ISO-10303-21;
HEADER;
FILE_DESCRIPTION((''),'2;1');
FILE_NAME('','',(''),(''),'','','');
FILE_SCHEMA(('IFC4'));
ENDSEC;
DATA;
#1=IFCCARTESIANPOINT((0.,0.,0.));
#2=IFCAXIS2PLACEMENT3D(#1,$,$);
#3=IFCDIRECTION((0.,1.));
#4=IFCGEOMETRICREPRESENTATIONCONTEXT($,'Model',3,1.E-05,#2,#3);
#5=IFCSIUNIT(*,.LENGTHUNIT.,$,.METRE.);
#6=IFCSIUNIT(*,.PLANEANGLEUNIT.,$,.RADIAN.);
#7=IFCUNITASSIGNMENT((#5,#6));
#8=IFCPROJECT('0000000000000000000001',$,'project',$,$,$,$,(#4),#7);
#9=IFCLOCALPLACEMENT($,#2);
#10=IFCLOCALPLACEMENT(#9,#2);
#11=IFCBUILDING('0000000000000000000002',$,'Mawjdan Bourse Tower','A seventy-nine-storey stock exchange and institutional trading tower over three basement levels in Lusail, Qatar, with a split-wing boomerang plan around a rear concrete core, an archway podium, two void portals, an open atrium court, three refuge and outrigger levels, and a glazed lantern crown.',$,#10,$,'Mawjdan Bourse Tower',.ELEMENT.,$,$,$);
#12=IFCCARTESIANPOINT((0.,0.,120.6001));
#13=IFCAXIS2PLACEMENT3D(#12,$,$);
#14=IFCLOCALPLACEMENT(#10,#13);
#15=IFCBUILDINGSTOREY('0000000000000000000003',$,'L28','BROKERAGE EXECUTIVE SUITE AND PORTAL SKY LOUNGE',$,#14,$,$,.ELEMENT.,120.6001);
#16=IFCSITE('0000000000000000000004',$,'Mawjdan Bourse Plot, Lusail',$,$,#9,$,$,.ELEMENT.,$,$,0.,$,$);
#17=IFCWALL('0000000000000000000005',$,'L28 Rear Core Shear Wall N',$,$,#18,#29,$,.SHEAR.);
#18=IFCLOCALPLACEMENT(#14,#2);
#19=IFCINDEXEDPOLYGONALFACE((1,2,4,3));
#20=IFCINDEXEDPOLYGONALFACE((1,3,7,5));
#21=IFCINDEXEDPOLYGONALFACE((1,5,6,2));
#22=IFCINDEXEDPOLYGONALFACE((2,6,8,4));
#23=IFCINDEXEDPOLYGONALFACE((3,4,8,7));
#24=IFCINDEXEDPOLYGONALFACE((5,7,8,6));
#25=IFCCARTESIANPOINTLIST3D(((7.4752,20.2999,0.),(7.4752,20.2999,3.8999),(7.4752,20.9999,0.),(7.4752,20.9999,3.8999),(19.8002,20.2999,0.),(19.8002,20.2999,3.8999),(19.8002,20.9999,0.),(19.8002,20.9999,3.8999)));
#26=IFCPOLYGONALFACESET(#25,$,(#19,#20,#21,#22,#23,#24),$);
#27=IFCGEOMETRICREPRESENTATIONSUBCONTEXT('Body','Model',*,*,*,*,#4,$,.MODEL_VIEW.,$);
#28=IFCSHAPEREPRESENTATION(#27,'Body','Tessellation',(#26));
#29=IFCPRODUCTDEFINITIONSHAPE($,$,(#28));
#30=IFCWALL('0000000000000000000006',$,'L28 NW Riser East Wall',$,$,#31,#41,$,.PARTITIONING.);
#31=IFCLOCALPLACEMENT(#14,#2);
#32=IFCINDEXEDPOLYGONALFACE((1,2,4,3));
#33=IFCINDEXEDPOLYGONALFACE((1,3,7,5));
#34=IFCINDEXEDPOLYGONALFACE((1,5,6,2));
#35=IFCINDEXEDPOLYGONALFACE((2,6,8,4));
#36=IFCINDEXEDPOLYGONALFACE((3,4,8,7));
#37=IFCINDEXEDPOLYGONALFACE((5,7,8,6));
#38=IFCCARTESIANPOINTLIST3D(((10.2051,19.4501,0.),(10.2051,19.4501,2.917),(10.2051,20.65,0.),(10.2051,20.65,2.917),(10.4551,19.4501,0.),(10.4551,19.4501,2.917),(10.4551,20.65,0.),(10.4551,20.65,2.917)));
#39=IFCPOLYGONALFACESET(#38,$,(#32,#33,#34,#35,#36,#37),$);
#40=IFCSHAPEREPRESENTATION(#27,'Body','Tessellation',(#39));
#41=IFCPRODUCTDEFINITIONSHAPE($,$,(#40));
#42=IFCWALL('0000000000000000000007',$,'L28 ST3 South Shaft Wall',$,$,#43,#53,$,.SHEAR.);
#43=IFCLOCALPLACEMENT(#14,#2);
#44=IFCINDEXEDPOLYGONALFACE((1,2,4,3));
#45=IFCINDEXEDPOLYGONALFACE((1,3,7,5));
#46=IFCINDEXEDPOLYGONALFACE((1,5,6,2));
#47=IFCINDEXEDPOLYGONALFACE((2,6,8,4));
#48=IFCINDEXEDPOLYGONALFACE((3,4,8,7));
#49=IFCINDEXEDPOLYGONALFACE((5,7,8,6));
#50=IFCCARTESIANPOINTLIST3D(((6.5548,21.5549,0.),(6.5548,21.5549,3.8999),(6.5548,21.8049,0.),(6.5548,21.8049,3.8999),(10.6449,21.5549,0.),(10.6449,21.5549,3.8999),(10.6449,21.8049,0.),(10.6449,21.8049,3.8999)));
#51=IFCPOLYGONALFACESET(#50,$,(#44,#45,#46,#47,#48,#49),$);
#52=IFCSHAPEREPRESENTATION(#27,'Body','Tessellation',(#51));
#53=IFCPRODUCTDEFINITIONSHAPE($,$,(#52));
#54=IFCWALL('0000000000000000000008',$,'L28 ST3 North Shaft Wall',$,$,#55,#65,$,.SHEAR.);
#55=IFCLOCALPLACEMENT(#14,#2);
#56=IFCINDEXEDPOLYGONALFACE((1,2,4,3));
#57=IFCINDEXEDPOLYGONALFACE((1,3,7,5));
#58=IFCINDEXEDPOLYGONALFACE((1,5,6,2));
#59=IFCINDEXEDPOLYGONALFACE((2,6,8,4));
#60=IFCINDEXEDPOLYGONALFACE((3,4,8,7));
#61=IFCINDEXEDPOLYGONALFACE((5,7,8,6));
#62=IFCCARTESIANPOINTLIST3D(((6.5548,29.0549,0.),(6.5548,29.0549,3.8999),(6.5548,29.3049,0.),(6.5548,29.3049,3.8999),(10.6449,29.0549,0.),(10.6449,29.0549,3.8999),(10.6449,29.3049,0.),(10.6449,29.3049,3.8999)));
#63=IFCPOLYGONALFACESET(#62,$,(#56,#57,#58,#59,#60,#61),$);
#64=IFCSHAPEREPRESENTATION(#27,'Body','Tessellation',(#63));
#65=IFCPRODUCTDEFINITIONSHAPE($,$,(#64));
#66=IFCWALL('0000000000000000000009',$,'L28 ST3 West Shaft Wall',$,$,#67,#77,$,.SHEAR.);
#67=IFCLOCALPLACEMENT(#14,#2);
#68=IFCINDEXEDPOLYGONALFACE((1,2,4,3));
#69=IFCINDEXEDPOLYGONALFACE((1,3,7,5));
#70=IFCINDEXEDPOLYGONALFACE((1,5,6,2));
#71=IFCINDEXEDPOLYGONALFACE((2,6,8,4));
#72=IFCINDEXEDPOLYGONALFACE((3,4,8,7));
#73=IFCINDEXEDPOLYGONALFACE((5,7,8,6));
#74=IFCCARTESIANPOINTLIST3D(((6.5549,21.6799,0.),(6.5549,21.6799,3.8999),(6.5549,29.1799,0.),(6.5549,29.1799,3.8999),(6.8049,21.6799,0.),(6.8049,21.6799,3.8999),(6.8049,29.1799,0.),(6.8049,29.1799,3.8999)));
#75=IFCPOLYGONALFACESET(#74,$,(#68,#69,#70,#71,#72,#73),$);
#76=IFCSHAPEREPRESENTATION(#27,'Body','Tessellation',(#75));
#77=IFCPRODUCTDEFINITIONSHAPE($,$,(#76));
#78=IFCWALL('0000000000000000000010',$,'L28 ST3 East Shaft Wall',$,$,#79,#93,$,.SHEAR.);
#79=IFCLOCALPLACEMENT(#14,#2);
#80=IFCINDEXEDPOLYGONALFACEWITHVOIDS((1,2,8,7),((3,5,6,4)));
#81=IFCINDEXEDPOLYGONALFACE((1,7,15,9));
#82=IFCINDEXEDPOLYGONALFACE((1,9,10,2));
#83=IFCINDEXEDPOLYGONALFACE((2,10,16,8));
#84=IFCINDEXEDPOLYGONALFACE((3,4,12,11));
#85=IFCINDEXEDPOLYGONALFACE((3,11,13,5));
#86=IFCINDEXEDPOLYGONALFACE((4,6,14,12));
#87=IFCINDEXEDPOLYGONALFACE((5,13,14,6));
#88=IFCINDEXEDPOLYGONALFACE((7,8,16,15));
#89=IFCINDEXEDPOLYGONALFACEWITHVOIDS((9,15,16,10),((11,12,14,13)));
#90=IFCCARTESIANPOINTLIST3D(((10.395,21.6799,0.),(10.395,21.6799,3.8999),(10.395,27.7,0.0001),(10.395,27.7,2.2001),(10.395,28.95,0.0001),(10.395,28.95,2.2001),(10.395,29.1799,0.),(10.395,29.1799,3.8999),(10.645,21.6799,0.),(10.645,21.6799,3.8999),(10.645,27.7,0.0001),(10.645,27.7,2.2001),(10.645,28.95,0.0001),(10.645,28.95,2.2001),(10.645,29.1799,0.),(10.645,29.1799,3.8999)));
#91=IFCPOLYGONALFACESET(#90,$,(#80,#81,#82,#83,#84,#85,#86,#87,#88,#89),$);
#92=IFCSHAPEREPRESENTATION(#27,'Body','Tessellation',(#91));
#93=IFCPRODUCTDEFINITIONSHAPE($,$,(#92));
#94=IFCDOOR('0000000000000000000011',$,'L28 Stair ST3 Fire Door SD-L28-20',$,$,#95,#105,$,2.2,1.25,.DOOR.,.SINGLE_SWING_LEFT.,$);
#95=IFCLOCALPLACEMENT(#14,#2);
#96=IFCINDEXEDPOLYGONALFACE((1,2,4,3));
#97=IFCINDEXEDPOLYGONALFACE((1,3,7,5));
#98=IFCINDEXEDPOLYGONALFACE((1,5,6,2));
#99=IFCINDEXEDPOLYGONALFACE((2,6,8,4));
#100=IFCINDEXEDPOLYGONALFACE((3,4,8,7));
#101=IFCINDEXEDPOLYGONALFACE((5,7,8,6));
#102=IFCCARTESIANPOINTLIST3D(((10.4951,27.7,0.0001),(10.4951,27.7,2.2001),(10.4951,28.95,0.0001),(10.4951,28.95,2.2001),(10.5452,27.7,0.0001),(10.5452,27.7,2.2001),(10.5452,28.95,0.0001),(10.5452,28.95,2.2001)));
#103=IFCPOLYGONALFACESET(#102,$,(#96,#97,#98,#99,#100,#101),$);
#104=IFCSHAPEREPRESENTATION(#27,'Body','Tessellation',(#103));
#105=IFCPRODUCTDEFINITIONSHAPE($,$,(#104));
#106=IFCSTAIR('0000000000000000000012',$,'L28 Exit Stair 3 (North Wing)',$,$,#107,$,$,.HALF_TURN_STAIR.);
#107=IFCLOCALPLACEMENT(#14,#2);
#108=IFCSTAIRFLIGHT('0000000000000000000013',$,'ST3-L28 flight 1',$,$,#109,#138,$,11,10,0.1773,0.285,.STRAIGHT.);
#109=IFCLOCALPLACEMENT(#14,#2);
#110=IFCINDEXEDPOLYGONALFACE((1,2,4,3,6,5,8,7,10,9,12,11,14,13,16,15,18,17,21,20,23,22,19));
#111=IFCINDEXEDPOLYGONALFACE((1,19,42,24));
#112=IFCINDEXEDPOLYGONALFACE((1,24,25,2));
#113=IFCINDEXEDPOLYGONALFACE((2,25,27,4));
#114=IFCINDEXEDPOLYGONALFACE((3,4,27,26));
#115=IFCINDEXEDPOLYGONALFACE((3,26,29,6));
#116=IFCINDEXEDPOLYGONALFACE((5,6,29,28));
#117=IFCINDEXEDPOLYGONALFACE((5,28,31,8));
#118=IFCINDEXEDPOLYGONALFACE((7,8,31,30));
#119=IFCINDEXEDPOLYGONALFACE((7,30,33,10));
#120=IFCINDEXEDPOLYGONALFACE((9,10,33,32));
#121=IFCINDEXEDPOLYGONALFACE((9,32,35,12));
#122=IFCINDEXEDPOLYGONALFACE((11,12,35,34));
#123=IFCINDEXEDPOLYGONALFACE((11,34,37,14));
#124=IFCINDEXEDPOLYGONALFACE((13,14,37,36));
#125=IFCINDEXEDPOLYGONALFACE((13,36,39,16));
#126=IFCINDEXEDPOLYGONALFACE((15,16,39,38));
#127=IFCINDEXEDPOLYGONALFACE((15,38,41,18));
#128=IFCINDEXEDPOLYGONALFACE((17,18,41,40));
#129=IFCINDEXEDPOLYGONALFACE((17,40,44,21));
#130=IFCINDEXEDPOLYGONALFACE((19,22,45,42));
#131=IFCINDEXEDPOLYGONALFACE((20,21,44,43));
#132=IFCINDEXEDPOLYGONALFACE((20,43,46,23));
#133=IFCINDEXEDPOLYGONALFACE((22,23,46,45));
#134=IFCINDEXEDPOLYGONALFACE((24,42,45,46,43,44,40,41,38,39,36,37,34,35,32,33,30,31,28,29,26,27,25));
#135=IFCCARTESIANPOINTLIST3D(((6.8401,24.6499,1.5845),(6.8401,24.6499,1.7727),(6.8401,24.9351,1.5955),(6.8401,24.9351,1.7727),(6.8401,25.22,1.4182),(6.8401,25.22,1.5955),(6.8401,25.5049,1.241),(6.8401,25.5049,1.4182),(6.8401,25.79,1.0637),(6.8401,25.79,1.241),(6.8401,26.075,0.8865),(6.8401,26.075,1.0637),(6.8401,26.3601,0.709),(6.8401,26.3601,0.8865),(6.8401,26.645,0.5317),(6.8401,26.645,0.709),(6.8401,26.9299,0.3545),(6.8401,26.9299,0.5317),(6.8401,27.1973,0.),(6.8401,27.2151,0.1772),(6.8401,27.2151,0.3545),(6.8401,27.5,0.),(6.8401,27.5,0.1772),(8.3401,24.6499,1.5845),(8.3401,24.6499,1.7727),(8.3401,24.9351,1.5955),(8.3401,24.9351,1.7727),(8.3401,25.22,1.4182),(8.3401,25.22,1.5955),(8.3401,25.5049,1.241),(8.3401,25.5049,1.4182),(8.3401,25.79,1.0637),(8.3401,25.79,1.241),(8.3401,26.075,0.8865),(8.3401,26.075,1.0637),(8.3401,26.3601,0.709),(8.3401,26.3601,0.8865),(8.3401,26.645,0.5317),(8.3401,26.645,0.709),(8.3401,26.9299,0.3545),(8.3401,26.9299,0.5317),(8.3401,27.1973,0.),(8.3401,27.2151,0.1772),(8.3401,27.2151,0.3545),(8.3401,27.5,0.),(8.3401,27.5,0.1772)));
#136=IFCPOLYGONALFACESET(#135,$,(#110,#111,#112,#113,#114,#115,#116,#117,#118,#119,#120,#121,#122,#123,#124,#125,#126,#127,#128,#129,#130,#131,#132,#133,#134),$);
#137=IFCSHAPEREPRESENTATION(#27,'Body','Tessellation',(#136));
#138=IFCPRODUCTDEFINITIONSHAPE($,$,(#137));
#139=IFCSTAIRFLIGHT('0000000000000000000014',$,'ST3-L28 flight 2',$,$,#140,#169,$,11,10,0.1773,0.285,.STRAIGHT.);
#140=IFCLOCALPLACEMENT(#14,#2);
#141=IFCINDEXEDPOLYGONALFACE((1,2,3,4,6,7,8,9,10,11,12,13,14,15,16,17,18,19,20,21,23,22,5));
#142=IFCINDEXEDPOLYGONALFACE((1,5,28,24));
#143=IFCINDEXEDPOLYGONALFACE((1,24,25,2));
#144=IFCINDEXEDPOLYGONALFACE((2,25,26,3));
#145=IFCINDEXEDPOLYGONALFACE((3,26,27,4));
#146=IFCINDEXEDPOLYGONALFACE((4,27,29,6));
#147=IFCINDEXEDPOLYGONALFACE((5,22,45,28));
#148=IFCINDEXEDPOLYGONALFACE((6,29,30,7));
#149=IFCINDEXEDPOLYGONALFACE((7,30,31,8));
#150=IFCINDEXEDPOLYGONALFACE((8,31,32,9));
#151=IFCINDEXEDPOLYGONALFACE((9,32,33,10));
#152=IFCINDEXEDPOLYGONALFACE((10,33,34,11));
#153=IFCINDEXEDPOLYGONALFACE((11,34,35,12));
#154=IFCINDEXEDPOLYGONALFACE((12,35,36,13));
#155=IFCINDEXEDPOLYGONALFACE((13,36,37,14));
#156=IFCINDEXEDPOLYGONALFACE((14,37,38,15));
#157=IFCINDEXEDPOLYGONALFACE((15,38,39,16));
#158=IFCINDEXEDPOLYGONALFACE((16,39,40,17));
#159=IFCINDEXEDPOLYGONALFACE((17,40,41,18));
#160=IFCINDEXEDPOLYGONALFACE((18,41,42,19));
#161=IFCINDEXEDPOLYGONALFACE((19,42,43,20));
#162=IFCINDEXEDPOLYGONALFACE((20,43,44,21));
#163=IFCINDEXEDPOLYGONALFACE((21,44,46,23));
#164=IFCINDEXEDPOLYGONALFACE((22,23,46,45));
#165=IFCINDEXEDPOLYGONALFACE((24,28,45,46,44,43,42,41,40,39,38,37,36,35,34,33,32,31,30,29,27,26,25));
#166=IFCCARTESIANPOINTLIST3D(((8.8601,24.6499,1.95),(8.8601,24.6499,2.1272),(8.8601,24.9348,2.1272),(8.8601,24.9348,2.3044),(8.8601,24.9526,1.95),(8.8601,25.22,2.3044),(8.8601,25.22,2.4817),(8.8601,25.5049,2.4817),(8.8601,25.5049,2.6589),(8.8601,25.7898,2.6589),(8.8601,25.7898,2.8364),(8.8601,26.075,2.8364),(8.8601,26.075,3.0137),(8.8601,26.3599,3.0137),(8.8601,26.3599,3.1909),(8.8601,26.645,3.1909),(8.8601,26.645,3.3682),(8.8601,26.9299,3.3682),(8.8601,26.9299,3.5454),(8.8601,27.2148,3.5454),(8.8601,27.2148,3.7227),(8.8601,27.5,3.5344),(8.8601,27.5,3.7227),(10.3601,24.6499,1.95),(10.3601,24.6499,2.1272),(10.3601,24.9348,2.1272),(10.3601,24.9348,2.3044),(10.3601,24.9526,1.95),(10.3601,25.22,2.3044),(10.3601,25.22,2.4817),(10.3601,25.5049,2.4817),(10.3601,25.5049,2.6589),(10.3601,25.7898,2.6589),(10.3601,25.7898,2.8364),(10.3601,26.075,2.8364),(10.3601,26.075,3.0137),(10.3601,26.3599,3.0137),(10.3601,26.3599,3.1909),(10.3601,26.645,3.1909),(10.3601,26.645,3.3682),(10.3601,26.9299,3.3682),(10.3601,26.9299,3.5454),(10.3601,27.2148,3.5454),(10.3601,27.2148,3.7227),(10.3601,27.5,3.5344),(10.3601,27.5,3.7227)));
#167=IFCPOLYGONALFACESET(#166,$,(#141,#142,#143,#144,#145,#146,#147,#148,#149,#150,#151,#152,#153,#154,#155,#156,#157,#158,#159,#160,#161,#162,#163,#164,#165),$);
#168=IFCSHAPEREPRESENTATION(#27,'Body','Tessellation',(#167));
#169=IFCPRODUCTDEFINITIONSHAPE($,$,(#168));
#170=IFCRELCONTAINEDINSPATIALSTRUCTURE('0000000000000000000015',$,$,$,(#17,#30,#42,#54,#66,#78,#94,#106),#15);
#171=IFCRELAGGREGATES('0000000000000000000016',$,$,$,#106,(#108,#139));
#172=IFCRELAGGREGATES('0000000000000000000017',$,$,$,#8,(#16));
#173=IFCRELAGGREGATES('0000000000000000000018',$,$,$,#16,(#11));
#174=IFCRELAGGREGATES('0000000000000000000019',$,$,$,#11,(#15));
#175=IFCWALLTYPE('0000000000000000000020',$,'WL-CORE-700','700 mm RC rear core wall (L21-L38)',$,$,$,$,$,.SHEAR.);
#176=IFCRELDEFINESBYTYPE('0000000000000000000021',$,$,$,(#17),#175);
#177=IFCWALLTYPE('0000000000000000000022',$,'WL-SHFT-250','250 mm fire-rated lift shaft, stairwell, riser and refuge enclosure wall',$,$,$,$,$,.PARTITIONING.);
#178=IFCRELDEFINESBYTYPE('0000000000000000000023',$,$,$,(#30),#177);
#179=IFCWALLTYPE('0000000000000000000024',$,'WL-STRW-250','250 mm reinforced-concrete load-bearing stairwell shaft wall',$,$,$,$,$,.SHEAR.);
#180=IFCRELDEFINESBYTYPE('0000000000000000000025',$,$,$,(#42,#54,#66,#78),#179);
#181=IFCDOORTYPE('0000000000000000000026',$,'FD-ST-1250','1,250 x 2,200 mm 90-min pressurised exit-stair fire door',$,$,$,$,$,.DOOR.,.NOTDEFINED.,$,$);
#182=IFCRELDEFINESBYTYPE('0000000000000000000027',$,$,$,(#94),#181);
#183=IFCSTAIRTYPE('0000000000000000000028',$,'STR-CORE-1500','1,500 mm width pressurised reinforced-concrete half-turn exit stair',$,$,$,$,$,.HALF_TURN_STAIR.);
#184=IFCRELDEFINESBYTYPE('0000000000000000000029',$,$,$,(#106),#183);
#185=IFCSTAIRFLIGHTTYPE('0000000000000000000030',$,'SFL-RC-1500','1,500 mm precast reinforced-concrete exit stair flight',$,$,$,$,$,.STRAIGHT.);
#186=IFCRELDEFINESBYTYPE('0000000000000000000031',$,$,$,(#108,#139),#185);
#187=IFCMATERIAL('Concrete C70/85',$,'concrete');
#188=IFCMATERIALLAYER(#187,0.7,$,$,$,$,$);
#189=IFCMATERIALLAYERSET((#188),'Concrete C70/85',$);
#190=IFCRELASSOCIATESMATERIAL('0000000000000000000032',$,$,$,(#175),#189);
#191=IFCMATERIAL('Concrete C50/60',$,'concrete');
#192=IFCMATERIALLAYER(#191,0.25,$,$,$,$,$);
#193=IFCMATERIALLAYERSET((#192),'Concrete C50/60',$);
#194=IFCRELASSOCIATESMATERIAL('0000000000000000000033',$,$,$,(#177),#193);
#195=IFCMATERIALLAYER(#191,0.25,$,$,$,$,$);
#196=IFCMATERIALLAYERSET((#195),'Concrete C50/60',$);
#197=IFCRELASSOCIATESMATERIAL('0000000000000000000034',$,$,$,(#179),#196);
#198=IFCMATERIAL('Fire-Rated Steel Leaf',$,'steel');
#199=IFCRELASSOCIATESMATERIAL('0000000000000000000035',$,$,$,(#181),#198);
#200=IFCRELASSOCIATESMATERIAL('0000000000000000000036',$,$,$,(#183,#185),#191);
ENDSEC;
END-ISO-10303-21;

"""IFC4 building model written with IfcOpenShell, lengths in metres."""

from ifc_helpers import new_model, si_unit, direction, frame, frame_2d, origin, place, context, subcontext, project, spatial, polyline, rectangle, outline, extrude, material, layer, layer_set, type_object, element, fill, aggregate, save


model = new_model("IFC4")

# Units and contexts
model_context = context("Model", 3, precision=1e-05, world=origin(), true_north=direction((0.0, 1.0)))
body_context = subcontext(model_context, "Body", "Model", "MODEL_VIEW")
ifc_project = project(units=[si_unit("LENGTHUNIT", "METRE"), si_unit("PLANEANGLEUNIT", "RADIAN")], contexts=[model_context])

# Site, building, storey
site_placement = place(None, origin())
site = spatial("IfcSite", under=ifc_project, at=site_placement, Name="Mawjdan Bourse Plot, Lusail", CompositionType="ELEMENT", RefElevation=0.0)
building_placement = place(site_placement, origin())
building = spatial("IfcBuilding", under=site, at=building_placement, Name="Mawjdan Bourse Tower", Description="A seventy-nine-storey stock exchange and institutional trading tower over three basement levels in Lusail, Qatar, with a split-wing boomerang plan around a rear concrete core, an archway podium, two void portals, an open atrium court, three refuge and outrigger levels, and a glazed lantern crown.", LongName="Mawjdan Bourse Tower", CompositionType="ELEMENT")
storey_placement = place(building_placement, frame((0.0, 0.0, 120.6001)))
storey = spatial("IfcBuildingStorey", under=building, at=storey_placement, Name="L28", Description="BROKERAGE EXECUTIVE SUITE AND PORTAL SKY LOUNGE", CompositionType="ELEMENT", Elevation=120.6001)

# Shared definitions
ifc_material_1 = material(Name="Concrete C70/85", Category="concrete")

# Walls
ifc_layer_1 = layer(ifc_material_1, 0.7)
ifc_layer_set_1 = layer_set([ifc_layer_1], Name="Concrete C70/85")
wall_type_1 = type_object("IfcWallType", Name="WL-CORE-700", Description="700 mm RC rear core wall (L21-L38)", PredefinedType="SHEAR", material=ifc_layer_set_1)
wall_1_placement = place(storey_placement, frame((7.4751, 20.6499, 0.0), z_axis=(0.0, 0.0, 1.0), x_axis=(1.0, 0.0, 0.0)))
element("IfcWall", 1, at=wall_1_placement, inside=storey, type_object=wall_type_1, Name="L28 Rear Core Shear Wall N", PredefinedType="SHEAR", context=body_context, shape_type="SweptSolid", body=[
    extrude(rectangle(XDim=12.325, YDim=0.7, at=frame_2d((6.1626, 0.0))), origin(), (0.0, 0.0, 1.0), 3.8999),
])
ifc_material_2 = material(Name="Concrete C50/60", Category="concrete")
ifc_layer_2 = layer(ifc_material_2, 0.25)
ifc_layer_set_2 = layer_set([ifc_layer_2], Name="Concrete C50/60")
wall_type_2 = type_object("IfcWallType", Name="WL-SHFT-250", Description="250 mm fire-rated lift shaft, stairwell, riser and refuge enclosure wall", PredefinedType="PARTITIONING", material=ifc_layer_set_2)
wall_2_placement = place(storey_placement, frame((10.3301, 19.45, 0.0), z_axis=(0.0, 0.0, 1.0), x_axis=(0.0, 1.0, 0.0)))
element("IfcWall", 2, at=wall_2_placement, inside=storey, type_object=wall_type_2, Name="L28 NW Riser East Wall", PredefinedType="PARTITIONING", context=body_context, shape_type="SweptSolid", body=[
    extrude(rectangle(XDim=1.2, YDim=0.25, at=frame_2d((0.6001, 0.0))), origin(), (0.0, 0.0, 1.0), 2.917),
])
ifc_layer_3 = layer(ifc_material_2, 0.25)
ifc_layer_set_3 = layer_set([ifc_layer_3], Name="Concrete C50/60")
wall_type_3 = type_object("IfcWallType", Name="WL-STRW-250", Description="250 mm reinforced-concrete load-bearing stairwell shaft wall", PredefinedType="SHEAR", material=ifc_layer_set_3)
for number, where, z_axis, x_axis, name in (
    (3, (6.5549, 21.6799, 0.0), (0.0, 0.0, 1.0), (1.0, 0.0, 0.0), "L28 ST3 South Shaft Wall"),
    (4, (6.5549, 29.1799, 0.0), (0.0, 0.0, 1.0), (1.0, 0.0, 0.0), "L28 ST3 North Shaft Wall"),
):
    element("IfcWall", number, at=place(storey_placement, frame(where, z_axis=z_axis, x_axis=x_axis)), inside=storey, type_object=wall_type_3, Name=name, PredefinedType="SHEAR", context=body_context, shape_type="SweptSolid", body=[
        extrude(rectangle(XDim=4.0901, YDim=0.25, at=frame_2d((2.0449, 0.0))), origin(), (0.0, 0.0, 1.0), 3.8999),
    ])
wall_3_placement = place(storey_placement, frame((6.6799, 21.6799, 0.0), z_axis=(0.0, 0.0, 1.0), x_axis=(0.0, 1.0, 0.0)))
element("IfcWall", 5, at=wall_3_placement, inside=storey, type_object=wall_type_3, Name="L28 ST3 West Shaft Wall", PredefinedType="SHEAR", context=body_context, shape_type="SweptSolid", body=[
    extrude(rectangle(XDim=7.5, YDim=0.25, at=frame_2d((3.75, 0.0))), origin(), (0.0, 0.0, 1.0), 3.8999),
])

# Wall, opening, door
wall_4_placement = place(storey_placement, frame((10.52, 21.6799, 0.0), z_axis=(0.0, 0.0, 1.0), x_axis=(0.0, 1.0, 0.0)))
wall_4 = element("IfcWall", 6, at=wall_4_placement, inside=storey, type_object=wall_type_3, Name="L28 ST3 East Shaft Wall", PredefinedType="SHEAR", context=body_context, shape_type="SweptSolid", body=[
    extrude(rectangle(XDim=7.5, YDim=0.25, at=frame_2d((3.75, 0.0))), origin(), (0.0, 0.0, 1.0), 3.8999),
])
opening_1_placement = place(wall_4_placement, frame((6.02, 0.0, 0.0)))
opening_1 = element("IfcOpeningElement", 7, at=opening_1_placement, cuts=wall_4, PredefinedType="OPENING", context=body_context, shape_type="SweptSolid", body=[
    extrude(rectangle(XDim=1.25, YDim=2.2, at=frame_2d((0.625, 1.1001))), frame((0.0, 0.135, 0.0), z_axis=(0.0, -1.0, 0.0), x_axis=(1.0, 0.0, 0.0)), (0.0, 0.0, 1.0), 0.27),
])
ifc_material_3 = material(Name="Fire-Rated Steel Leaf", Category="steel")
door_type_1 = type_object("IfcDoorType", Name="FD-ST-1250", Description="1,250 x 2,200 mm 90-min pressurised exit-stair fire door", OperationType="NOTDEFINED", PredefinedType="DOOR", material=ifc_material_3)
door_1_placement = place(opening_1_placement, origin())
door_1 = element("IfcDoor", 8, at=door_1_placement, inside=storey, type_object=door_type_1, Name="L28 Stair ST3 Fire Door SD-L28-20", OperationType="SINGLE_SWING_LEFT", OverallHeight=2.2, OverallWidth=1.25, PredefinedType="DOOR", context=body_context, shape_type="SweptSolid", body=[
    extrude(rectangle(XDim=1.25, YDim=2.2, at=frame_2d((0.625, 1.1001))), frame((0.0, 0.0249, 0.0), z_axis=(0.0, -1.0, 0.0), x_axis=(1.0, 0.0, 0.0)), (0.0, 0.0, 1.0), 0.05),
])
fill(opening_1, door_1)

# Stair, stair flights
stair_type = type_object("IfcStairType", Name="STR-CORE-1500", Description="1,500 mm width pressurised reinforced-concrete half-turn exit stair", PredefinedType="HALF_TURN_STAIR", material=ifc_material_2)
stair_placement = place(storey_placement, origin())
stair = element("IfcStair", 9, at=stair_placement, inside=storey, type_object=stair_type, Name="L28 Exit Stair 3 (North Wing)", PredefinedType="HALF_TURN_STAIR")
stair_flight_type = type_object("IfcStairFlightType", Name="SFL-RC-1500", Description="1,500 mm precast reinforced-concrete exit stair flight", PredefinedType="STRAIGHT", material=ifc_material_2)
stair_flight_1_placement = place(storey_placement, frame((7.5901, 27.5, 0.0), z_axis=(0.0, 0.0, 1.0), x_axis=(0.0, -1.0, 0.0)))
stair_flight_1 = element("IfcStairFlight", 10, at=stair_flight_1_placement, type_object=stair_flight_type, Name="ST3-L28 flight 1", NumberOfRisers=11, NumberOfTreads=10, PredefinedType="STRAIGHT", RiserHeight=0.1773, TreadLength=0.285, context=body_context, shape_type="SweptSolid", body=[
    extrude(outline(polyline([(0.0, 0.0), (0.0, 0.1772), (0.2849, 0.1772), (0.2849, 0.3545), (0.5701, 0.3545), (0.5701, 0.5317), (0.855, 0.5317), (0.855, 0.709), (1.1399, 0.709), (1.1399, 0.8865), (1.425, 0.8865), (1.425, 1.0637), (1.71, 1.0637), (1.71, 1.241), (1.9951, 1.241), (1.9951, 1.4182), (2.28, 1.4182), (2.28, 1.5955), (2.5649, 1.5955), (2.5649, 1.7727), (2.8501, 1.7727), (2.8501, 1.95), (2.8501, 1.5845), (0.3027, 0.0), (0.0, 0.0)])), frame((0.0, 0.75, 0.0), z_axis=(0.0, -1.0, 0.0), x_axis=(1.0, 0.0, 0.0)), (0.0, 0.0, 1.0), 1.5),
])
stair_flight_2_placement = place(storey_placement, frame((9.6101, 24.6499, 1.95), z_axis=(0.0, 0.0, 1.0), x_axis=(0.0, 1.0, 0.0)))
stair_flight_2 = element("IfcStairFlight", 11, at=stair_flight_2_placement, type_object=stair_flight_type, Name="ST3-L28 flight 2", NumberOfRisers=11, NumberOfTreads=10, PredefinedType="STRAIGHT", RiserHeight=0.1773, TreadLength=0.285, context=body_context, shape_type="SweptSolid", body=[
    extrude(outline(polyline([(0.0, 0.0), (0.0, 0.1772), (0.2849, 0.1772), (0.2849, 0.3545), (0.5701, 0.3545), (0.5701, 0.5317), (0.855, 0.5317), (0.855, 0.709), (1.1399, 0.709), (1.1399, 0.8865), (1.425, 0.8865), (1.425, 1.0637), (1.71, 1.0637), (1.71, 1.241), (1.9951, 1.241), (1.9951, 1.4182), (2.28, 1.4182), (2.28, 1.5955), (2.5649, 1.5955), (2.5649, 1.7727), (2.8501, 1.7727), (2.8501, 1.95), (2.8501, 1.5845), (0.3027, 0.0), (0.0, 0.0)])), frame((0.0, 0.75, 0.0), z_axis=(0.0, -1.0, 0.0), x_axis=(1.0, 0.0, 0.0)), (0.0, 0.0, 1.0), 1.5),
])
aggregate(stair, [stair_flight_1, stair_flight_2])

save(model, "model.ifc")
